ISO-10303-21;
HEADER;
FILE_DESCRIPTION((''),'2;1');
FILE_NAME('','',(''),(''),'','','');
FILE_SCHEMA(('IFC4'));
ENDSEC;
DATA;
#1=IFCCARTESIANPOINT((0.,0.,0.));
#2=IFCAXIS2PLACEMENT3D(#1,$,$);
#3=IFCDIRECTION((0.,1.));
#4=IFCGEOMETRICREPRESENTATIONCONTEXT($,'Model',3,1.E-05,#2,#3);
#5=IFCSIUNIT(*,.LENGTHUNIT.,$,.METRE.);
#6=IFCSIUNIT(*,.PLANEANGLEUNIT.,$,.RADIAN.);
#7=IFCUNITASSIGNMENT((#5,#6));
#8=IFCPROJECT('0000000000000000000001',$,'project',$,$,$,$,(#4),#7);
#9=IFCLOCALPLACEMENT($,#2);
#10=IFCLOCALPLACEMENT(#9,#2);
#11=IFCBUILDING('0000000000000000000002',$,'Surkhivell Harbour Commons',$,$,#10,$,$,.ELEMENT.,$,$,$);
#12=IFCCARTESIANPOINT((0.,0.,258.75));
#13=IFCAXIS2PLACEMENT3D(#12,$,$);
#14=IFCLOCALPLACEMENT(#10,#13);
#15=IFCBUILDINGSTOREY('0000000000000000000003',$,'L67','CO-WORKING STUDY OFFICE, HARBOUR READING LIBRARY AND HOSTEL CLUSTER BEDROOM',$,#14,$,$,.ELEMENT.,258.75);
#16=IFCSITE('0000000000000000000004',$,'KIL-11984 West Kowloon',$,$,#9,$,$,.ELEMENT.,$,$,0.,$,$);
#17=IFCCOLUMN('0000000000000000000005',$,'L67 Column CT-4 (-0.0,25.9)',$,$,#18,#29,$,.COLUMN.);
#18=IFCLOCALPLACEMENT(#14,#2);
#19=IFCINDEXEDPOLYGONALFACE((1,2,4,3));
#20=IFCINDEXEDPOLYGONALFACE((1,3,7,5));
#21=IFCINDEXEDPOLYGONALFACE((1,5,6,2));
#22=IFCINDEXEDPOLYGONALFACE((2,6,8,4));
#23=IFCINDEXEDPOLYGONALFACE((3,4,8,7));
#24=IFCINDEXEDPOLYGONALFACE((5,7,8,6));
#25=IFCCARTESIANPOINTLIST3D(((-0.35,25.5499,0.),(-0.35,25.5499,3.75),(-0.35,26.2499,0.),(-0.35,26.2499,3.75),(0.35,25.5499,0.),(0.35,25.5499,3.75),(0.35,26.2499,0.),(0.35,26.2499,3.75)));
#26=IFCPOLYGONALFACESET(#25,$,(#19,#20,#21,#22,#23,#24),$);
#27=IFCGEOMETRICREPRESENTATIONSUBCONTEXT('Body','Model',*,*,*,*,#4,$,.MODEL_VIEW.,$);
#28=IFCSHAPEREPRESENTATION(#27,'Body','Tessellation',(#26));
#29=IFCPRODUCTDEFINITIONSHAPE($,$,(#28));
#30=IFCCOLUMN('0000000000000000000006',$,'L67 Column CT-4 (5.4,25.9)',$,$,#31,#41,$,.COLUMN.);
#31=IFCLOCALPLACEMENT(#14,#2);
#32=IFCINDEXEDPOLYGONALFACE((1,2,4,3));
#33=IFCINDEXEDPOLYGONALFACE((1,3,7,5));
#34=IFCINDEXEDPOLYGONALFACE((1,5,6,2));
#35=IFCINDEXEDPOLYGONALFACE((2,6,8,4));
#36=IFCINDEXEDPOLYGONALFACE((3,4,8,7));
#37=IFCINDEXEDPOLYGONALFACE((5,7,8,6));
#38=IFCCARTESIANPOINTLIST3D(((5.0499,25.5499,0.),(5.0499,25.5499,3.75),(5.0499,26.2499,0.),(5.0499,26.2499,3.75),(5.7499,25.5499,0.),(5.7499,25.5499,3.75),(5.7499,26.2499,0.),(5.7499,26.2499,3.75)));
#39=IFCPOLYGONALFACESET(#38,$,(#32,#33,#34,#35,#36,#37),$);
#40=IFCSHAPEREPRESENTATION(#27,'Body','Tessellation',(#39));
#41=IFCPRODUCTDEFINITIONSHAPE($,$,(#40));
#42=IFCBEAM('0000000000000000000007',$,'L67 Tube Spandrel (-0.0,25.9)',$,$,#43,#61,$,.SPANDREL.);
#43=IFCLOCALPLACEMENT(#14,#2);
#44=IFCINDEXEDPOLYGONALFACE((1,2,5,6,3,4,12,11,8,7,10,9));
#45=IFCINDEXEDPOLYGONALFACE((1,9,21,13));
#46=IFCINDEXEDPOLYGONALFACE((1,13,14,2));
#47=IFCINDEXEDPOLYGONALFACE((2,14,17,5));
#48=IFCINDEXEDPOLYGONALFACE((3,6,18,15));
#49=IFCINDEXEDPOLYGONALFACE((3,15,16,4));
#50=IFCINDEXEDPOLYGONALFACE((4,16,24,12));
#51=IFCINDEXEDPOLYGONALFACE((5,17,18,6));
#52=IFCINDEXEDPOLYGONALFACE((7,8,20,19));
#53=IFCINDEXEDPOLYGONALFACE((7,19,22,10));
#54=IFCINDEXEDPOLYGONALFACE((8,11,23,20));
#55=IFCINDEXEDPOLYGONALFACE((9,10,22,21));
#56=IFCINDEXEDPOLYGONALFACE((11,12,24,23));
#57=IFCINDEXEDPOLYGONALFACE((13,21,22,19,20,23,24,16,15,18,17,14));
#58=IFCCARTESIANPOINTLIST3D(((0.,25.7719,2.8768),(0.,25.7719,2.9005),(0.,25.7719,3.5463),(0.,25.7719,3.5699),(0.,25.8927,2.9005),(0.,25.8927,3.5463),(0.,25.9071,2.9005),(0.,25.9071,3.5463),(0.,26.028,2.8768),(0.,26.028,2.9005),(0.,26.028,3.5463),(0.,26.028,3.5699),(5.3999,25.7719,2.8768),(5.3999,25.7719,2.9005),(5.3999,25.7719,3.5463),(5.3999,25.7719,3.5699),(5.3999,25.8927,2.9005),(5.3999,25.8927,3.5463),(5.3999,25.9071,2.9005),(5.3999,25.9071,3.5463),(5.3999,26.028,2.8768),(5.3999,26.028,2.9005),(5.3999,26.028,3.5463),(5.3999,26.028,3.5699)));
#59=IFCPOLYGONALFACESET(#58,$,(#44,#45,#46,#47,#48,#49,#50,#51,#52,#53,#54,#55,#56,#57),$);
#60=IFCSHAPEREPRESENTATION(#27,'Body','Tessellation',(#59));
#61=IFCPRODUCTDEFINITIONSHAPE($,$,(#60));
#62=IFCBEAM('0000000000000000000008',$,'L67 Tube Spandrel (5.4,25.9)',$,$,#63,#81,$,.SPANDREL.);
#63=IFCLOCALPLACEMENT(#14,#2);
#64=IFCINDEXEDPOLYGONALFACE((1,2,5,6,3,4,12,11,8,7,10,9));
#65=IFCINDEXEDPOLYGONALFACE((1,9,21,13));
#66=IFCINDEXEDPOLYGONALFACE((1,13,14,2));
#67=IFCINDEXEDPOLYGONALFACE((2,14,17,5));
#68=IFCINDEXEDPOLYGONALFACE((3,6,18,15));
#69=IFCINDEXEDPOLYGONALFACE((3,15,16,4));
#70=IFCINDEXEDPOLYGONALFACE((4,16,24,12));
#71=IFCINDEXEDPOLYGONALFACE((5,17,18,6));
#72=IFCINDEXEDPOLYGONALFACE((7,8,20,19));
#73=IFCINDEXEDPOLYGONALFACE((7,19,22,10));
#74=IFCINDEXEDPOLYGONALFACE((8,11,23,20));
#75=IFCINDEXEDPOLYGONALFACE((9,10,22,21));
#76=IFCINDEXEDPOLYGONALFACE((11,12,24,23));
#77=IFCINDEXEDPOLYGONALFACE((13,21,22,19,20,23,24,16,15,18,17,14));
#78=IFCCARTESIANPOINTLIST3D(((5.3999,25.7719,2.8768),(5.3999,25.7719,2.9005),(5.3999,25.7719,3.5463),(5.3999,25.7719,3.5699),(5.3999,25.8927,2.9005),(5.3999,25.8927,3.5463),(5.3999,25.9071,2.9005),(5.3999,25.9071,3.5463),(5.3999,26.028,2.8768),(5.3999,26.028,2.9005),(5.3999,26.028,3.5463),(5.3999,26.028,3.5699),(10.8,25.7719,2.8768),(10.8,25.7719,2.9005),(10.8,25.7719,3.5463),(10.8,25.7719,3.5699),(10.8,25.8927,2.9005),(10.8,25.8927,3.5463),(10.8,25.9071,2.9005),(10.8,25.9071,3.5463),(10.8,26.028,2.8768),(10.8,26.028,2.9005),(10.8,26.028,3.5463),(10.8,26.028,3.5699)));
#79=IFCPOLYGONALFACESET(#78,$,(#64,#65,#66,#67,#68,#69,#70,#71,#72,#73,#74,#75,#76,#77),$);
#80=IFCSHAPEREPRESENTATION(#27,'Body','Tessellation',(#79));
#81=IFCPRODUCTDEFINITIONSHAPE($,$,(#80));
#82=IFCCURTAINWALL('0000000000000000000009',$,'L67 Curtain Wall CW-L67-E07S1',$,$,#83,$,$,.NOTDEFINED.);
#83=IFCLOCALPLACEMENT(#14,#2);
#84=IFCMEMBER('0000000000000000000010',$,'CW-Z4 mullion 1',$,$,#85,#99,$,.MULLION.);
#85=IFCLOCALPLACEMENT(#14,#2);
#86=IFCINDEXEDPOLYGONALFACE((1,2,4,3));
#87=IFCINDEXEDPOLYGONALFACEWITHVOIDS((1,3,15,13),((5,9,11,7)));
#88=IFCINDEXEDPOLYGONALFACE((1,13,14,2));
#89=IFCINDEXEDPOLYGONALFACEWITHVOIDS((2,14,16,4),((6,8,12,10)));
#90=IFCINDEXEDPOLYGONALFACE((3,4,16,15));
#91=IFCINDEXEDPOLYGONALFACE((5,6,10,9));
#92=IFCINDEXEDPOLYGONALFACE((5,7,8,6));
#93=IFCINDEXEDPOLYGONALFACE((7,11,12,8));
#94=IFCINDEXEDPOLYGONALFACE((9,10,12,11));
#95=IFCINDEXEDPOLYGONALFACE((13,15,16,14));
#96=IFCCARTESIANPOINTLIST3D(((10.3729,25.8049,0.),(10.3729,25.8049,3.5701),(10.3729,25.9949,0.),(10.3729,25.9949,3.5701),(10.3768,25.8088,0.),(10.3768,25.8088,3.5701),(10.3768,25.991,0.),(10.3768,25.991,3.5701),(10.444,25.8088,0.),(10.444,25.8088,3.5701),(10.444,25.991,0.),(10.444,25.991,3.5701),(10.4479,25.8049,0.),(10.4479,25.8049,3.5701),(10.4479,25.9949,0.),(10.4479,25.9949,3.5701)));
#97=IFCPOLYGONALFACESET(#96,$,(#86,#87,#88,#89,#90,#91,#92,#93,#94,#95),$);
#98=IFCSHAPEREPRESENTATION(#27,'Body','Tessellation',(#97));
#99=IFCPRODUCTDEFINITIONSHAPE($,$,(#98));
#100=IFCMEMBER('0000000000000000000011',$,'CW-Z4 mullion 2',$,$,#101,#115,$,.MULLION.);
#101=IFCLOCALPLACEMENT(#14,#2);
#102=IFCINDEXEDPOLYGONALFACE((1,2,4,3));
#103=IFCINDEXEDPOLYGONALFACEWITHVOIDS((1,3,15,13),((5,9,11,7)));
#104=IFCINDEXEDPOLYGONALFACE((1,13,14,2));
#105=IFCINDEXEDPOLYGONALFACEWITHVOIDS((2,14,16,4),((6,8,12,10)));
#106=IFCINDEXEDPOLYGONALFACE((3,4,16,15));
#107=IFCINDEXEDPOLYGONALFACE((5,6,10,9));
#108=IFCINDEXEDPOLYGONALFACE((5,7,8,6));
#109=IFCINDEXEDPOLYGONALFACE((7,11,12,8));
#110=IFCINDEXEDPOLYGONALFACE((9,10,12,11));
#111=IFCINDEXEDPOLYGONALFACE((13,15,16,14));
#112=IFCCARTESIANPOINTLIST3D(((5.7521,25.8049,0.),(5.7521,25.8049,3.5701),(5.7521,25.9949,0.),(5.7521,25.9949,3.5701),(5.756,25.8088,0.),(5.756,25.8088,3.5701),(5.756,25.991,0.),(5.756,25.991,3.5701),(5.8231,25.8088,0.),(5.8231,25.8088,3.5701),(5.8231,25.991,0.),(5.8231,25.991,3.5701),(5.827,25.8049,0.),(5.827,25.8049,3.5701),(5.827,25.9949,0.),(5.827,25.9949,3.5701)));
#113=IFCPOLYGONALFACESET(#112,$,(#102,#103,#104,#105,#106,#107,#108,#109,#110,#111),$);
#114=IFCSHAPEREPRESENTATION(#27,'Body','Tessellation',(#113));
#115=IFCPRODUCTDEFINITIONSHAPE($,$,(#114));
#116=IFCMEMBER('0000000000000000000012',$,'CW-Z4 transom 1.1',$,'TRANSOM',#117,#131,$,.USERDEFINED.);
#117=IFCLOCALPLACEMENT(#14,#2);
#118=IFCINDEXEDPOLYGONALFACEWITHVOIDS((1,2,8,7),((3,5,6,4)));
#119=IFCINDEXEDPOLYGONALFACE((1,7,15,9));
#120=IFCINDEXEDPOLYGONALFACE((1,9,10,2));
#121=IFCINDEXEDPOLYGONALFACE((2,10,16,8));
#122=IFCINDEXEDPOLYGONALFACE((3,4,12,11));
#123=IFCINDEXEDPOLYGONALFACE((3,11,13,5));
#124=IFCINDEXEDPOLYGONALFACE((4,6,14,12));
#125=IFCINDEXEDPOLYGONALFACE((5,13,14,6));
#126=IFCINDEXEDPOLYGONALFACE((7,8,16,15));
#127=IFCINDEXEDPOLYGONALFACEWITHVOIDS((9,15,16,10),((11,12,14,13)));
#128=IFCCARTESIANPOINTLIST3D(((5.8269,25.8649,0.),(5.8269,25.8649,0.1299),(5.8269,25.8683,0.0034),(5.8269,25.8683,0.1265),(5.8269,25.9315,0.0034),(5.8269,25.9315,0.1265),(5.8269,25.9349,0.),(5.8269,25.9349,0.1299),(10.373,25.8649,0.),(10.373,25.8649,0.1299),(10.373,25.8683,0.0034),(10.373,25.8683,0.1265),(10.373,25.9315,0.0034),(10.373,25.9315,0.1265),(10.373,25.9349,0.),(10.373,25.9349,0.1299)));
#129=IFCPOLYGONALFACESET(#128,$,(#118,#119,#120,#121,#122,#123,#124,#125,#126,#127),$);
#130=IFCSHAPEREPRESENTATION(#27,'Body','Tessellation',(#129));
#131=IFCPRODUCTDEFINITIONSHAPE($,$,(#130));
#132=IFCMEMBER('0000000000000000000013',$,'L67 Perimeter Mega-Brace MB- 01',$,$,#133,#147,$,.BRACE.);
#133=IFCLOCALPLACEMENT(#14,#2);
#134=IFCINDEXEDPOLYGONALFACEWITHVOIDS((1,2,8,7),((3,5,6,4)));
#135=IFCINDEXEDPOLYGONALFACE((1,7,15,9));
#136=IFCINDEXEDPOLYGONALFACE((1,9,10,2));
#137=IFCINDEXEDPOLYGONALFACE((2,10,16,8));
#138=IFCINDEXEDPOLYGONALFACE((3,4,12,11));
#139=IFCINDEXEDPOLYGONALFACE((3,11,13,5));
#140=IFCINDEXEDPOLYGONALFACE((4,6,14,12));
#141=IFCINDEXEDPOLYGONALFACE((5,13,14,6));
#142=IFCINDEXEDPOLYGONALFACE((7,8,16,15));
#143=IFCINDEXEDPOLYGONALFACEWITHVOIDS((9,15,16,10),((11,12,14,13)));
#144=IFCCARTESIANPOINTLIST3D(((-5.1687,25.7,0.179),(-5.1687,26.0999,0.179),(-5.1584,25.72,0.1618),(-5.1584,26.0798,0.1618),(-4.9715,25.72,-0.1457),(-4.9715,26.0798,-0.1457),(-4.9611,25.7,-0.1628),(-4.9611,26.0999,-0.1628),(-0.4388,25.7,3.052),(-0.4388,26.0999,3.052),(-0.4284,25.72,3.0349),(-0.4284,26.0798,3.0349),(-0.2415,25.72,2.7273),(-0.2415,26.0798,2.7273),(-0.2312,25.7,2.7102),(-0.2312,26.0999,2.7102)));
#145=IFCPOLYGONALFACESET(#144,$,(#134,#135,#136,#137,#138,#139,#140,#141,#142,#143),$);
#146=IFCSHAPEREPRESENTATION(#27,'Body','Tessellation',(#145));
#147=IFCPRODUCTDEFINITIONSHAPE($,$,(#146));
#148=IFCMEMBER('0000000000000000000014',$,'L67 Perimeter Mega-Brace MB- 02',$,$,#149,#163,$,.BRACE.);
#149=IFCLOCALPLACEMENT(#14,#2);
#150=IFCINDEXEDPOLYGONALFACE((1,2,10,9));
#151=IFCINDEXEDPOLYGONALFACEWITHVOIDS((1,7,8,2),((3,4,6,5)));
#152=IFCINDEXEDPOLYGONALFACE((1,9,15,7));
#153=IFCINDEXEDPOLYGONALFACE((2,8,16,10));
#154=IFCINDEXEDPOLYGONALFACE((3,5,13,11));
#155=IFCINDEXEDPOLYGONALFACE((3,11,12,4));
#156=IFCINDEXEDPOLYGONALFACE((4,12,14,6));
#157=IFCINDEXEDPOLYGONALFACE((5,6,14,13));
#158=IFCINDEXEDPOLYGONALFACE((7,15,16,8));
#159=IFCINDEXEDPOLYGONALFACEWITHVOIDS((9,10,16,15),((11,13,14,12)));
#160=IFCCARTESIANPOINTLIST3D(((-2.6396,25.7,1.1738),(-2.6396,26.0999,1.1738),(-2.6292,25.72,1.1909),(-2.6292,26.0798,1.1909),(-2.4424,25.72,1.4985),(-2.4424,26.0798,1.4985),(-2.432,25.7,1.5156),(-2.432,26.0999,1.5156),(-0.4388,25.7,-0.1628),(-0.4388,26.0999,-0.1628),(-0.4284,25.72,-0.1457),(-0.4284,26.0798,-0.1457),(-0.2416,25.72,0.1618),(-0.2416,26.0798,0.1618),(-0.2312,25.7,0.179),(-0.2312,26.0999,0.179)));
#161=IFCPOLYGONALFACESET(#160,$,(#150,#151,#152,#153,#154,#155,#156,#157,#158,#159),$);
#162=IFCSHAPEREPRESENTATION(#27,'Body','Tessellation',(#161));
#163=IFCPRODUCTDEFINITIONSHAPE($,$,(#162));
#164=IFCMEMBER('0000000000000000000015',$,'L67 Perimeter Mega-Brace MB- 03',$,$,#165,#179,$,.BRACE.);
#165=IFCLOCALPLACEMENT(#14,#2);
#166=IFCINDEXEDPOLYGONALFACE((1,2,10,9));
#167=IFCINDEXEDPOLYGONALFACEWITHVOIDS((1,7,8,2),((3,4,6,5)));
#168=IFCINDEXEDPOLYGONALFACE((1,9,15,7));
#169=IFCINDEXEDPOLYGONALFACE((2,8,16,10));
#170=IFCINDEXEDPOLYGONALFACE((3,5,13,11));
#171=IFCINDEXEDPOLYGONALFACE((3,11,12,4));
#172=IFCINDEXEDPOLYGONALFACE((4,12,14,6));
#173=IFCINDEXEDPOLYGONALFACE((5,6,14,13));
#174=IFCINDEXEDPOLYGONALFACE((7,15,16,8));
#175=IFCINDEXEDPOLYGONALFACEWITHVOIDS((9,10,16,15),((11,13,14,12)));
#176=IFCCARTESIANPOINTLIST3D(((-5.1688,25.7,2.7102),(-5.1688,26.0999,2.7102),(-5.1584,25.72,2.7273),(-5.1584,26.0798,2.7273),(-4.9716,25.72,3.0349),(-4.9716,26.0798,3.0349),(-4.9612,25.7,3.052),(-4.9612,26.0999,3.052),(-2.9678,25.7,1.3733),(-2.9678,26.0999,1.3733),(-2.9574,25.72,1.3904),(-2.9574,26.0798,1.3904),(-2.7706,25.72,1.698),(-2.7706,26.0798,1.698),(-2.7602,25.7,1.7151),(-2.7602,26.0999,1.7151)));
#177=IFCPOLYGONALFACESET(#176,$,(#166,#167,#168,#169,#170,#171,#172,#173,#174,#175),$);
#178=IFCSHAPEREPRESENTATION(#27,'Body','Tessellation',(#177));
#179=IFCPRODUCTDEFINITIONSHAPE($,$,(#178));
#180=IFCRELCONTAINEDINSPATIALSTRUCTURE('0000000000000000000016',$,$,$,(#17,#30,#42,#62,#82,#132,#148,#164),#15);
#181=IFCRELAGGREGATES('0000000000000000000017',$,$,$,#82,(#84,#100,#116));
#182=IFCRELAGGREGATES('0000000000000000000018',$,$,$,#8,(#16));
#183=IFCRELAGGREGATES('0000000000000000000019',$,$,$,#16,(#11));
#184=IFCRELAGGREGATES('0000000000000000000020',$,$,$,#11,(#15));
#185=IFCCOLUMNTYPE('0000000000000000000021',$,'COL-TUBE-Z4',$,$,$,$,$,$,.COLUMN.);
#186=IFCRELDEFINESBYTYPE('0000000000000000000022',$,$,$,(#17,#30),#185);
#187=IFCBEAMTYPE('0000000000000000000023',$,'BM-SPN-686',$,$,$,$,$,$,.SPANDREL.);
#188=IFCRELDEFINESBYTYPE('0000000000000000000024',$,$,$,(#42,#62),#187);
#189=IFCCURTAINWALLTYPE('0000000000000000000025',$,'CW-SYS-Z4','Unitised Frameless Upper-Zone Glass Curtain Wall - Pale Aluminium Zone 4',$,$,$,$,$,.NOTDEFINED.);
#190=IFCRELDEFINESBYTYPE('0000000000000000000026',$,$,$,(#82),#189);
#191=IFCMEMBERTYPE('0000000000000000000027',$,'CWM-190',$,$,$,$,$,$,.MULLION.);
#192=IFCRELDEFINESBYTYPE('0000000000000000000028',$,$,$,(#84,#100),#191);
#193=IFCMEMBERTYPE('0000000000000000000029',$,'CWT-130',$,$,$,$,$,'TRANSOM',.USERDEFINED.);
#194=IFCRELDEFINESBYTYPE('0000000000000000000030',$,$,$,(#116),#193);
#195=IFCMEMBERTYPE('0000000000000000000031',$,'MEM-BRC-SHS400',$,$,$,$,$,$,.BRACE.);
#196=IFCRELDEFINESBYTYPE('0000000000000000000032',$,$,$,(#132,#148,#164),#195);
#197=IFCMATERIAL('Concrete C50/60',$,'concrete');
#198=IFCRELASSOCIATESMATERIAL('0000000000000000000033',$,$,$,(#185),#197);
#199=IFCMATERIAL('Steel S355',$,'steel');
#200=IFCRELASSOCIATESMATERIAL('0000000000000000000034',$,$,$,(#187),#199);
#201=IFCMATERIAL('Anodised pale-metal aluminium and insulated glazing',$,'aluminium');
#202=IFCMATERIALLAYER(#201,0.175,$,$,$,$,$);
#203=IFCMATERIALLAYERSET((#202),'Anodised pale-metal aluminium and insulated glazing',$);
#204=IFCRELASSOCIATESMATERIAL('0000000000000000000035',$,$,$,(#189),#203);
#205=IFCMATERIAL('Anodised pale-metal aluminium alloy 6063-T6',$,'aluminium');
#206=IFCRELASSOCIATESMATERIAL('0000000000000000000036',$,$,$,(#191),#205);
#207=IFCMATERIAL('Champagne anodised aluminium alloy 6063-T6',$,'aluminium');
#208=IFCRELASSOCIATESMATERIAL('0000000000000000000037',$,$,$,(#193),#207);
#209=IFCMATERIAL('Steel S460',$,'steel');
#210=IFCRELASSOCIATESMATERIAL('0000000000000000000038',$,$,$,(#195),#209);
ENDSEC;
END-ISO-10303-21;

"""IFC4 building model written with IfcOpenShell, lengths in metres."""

from ifc_helpers import new_model, si_unit, direction, frame, origin, origin_2d, place, context, subcontext, project, spatial, rectangle, hollow_rectangle, i_section, extrude, material, layer, layer_set, material_profile, profile_set, type_object, element, aggregate, save


model = new_model("IFC4")

# Units and contexts
model_context = context("Model", 3, precision=1e-05, world=origin(), true_north=direction((0.0, 1.0)))
body_context = subcontext(model_context, "Body", "Model", "MODEL_VIEW")
ifc_project = project(units=[si_unit("LENGTHUNIT", "METRE"), si_unit("PLANEANGLEUNIT", "RADIAN")], contexts=[model_context])

# Site, building, storey
site_placement = place(None, origin())
site = spatial("IfcSite", under=ifc_project, at=site_placement, Name="KIL-11984 West Kowloon", CompositionType="ELEMENT", RefElevation=0.0)
building_placement = place(site_placement, origin())
building = spatial("IfcBuilding", under=site, at=building_placement, Name="Surkhivell Harbour Commons", CompositionType="ELEMENT")
storey_placement = place(building_placement, frame((0.0, 0.0, 258.75)))
storey = spatial("IfcBuildingStorey", under=building, at=storey_placement, Name="L67", Description="CO-WORKING STUDY OFFICE, HARBOUR READING LIBRARY AND HOSTEL CLUSTER BEDROOM", CompositionType="ELEMENT", Elevation=258.75)

# Columns
ifc_material_1 = material(Name="Concrete C50/60", Category="concrete")
ifc_material_profile_1 = material_profile(ifc_material_1, rectangle(XDim=0.7, YDim=0.7, at=origin_2d()), Name="RC-COL-700x700")
ifc_profile_set_1 = profile_set([ifc_material_profile_1], Name="Concrete C50/60")
column_type = type_object("IfcColumnType", Name="COL-TUBE-Z4", PredefinedType="COLUMN", material=ifc_profile_set_1)
for number, where, z_axis, x_axis, name in (
    (1, (0.0, 25.8999, 0.0), (0.0, 0.0, 1.0), (1.0, 0.0, 0.0), "L67 Column CT-4 (-0.0,25.9)"),
    (2, (5.3999, 25.8999, 0.0), (0.0, 0.0, 1.0), (1.0, 0.0, 0.0), "L67 Column CT-4 (5.4,25.9)"),
):
    element("IfcColumn", number, at=place(storey_placement, frame(where, z_axis=z_axis, x_axis=x_axis)), inside=storey, type_object=column_type, Name=name, PredefinedType="COLUMN", context=body_context, shape_type="SweptSolid", body=[
        extrude(rectangle(XDim=0.7, YDim=0.7, at=origin_2d()), origin(), (0.0, 0.0, 1.0), 3.75),
    ])

# Beams
ifc_material_2 = material(Name="Steel S355", Category="steel")
ifc_material_profile_2 = material_profile(ifc_material_2, i_section(OverallWidth=0.2561, OverallDepth=0.6931, WebThickness=0.0144, FlangeThickness=0.0237, at=origin_2d()), Name="UB686x254x170")
ifc_profile_set_2 = profile_set([ifc_material_profile_2], Name="Steel S355")
beam_type = type_object("IfcBeamType", Name="BM-SPN-686", PredefinedType="SPANDREL", material=ifc_profile_set_2)
beam_1_placement = place(storey_placement, frame((0.0, 25.8999, 3.2234), z_axis=(1.0, 0.0, 0.0), x_axis=(0.0, 1.0, 0.0)))
element("IfcBeam", 3, at=beam_1_placement, inside=storey, type_object=beam_type, Name="L67 Tube Spandrel (-0.0,25.9)", PredefinedType="SPANDREL", context=body_context, shape_type="SweptSolid", body=[
    extrude(i_section(OverallWidth=0.2561, OverallDepth=0.6931, WebThickness=0.0144, FlangeThickness=0.0237, at=origin_2d()), origin(), (0.0, 0.0, 1.0), 5.3999),
])
beam_2_placement = place(storey_placement, frame((5.3999, 25.8999, 3.2234), z_axis=(1.0, 0.0, 0.0), x_axis=(0.0, 1.0, 0.0)))
element("IfcBeam", 4, at=beam_2_placement, inside=storey, type_object=beam_type, Name="L67 Tube Spandrel (5.4,25.9)", PredefinedType="SPANDREL", context=body_context, shape_type="SweptSolid", body=[
    extrude(i_section(OverallWidth=0.2561, OverallDepth=0.6931, WebThickness=0.0144, FlangeThickness=0.0237, at=origin_2d()), origin(), (0.0, 0.0, 1.0), 5.4001),
])

# Curtain wall, members
ifc_material_3 = material(Name="Anodised pale-metal aluminium and insulated glazing", Category="aluminium")
ifc_layer_1 = layer(ifc_material_3, 0.175)
ifc_layer_set_1 = layer_set([ifc_layer_1], Name="Anodised pale-metal aluminium and insulated glazing")
curtain_wall_type = type_object("IfcCurtainWallType", Name="CW-SYS-Z4", Description="Unitised Frameless Upper-Zone Glass Curtain Wall - Pale Aluminium Zone 4", PredefinedType="NOTDEFINED", material=ifc_layer_set_1)
curtain_wall_placement = place(storey_placement, origin())
curtain_wall = element("IfcCurtainWall", 5, at=curtain_wall_placement, inside=storey, type_object=curtain_wall_type, Name="L67 Curtain Wall CW-L67-E07S1", PredefinedType="NOTDEFINED")
ifc_material_4 = material(Name="Anodised pale-metal aluminium alloy 6063-T6", Category="aluminium")
ifc_material_profile_3 = material_profile(ifc_material_4, hollow_rectangle(XDim=0.075, YDim=0.1899, WallThickness=0.0039, at=origin_2d()), Name="ALU-MULL-75x190")
ifc_profile_set_3 = profile_set([ifc_material_profile_3], Name="Anodised pale-metal aluminium alloy 6063-T6")
member_type_1 = type_object("IfcMemberType", Name="CWM-190", PredefinedType="MULLION", material=ifc_profile_set_3)
member_1_placement = place(storey_placement, frame((10.4104, 25.8999, 0.0), z_axis=(0.0, 0.0, 1.0), x_axis=(-1.0, 0.0, 0.0)))
member_1 = element("IfcMember", 6, at=member_1_placement, type_object=member_type_1, Name="CW-Z4 mullion 1", PredefinedType="MULLION", context=body_context, shape_type="SweptSolid", body=[
    extrude(hollow_rectangle(XDim=0.075, YDim=0.1899, WallThickness=0.0039, at=origin_2d()), origin(), (0.0, 0.0, 1.0), 3.5701),
])
member_2_placement = place(storey_placement, frame((5.7896, 25.8999, 0.0), z_axis=(0.0, 0.0, 1.0), x_axis=(-1.0, 0.0, 0.0)))
member_2 = element("IfcMember", 7, at=member_2_placement, type_object=member_type_1, Name="CW-Z4 mullion 2", PredefinedType="MULLION", context=body_context, shape_type="SweptSolid", body=[
    extrude(hollow_rectangle(XDim=0.075, YDim=0.1899, WallThickness=0.0039, at=origin_2d()), origin(), (0.0, 0.0, 1.0), 3.5701),
])
ifc_material_5 = material(Name="Champagne anodised aluminium alloy 6063-T6", Category="aluminium")
ifc_material_profile_4 = material_profile(ifc_material_5, hollow_rectangle(XDim=0.0701, YDim=0.1299, WallThickness=0.0034, at=origin_2d()), Name="ALU-TRAN-70x130")
ifc_profile_set_4 = profile_set([ifc_material_profile_4], Name="Champagne anodised aluminium alloy 6063-T6")
member_type_2 = type_object("IfcMemberType", Name="CWT-130", ElementType="TRANSOM", PredefinedType="USERDEFINED", material=ifc_profile_set_4)
member_3_placement = place(storey_placement, frame((10.373, 25.8999, 0.0649), z_axis=(-1.0, 0.0, 0.0), x_axis=(0.0, -1.0, 0.0)))
member_3 = element("IfcMember", 8, at=member_3_placement, type_object=member_type_2, Name="CW-Z4 transom 1.1", ObjectType="TRANSOM", PredefinedType="USERDEFINED", context=body_context, shape_type="SweptSolid", body=[
    extrude(hollow_rectangle(XDim=0.0701, YDim=0.1299, WallThickness=0.0034, at=origin_2d()), origin(), (0.0, 0.0, 1.0), 4.5461),
])

# Members
ifc_material_6 = material(Name="Steel S460", Category="steel")
ifc_material_profile_5 = material_profile(ifc_material_6, hollow_rectangle(XDim=0.3999, YDim=0.3999, WallThickness=0.02, at=origin_2d()), Name="SHS400x400x20")
ifc_profile_set_5 = profile_set([ifc_material_profile_5], Name="Steel S460")
member_type_3 = type_object("IfcMemberType", Name="MEM-BRC-SHS400", PredefinedType="BRACE", material=ifc_profile_set_5)
member_4_placement = place(storey_placement, frame((-5.0649, 25.8999, 0.0081), z_axis=(0.854685, 0.0, 0.519146), x_axis=(0.0, 1.0, 0.0)))
element("IfcMember", 9, at=member_4_placement, inside=storey, type_object=member_type_3, Name="L67 Perimeter Mega-Brace MB- 01", PredefinedType="BRACE", context=body_context, shape_type="SweptSolid", body=[
    extrude(hollow_rectangle(XDim=0.3999, YDim=0.3999, WallThickness=0.02, at=origin_2d()), origin(), (0.0, 0.0, 1.0), 5.5342),
])
member_5_placement = place(storey_placement, frame((-0.335, 25.8999, 0.0081), z_axis=(-0.85472, 0.0, 0.519089), x_axis=(0.0, -1.0, 0.0)))
element("IfcMember", 10, at=member_5_placement, inside=storey, type_object=member_type_3, Name="L67 Perimeter Mega-Brace MB- 02", PredefinedType="BRACE", context=body_context, shape_type="SweptSolid", body=[
    extrude(hollow_rectangle(XDim=0.3999, YDim=0.3999, WallThickness=0.02, at=origin_2d()), origin(), (0.0, 0.0, 1.0), 2.575),
])
member_6_placement = place(storey_placement, frame((-2.864, 25.8999, 1.5442), z_axis=(-0.854678, 0.0, 0.519159), x_axis=(0.0, -1.0, 0.0)))
element("IfcMember", 11, at=member_6_placement, inside=storey, type_object=member_type_3, Name="L67 Perimeter Mega-Brace MB- 03", PredefinedType="BRACE", context=body_context, shape_type="SweptSolid", body=[
    extrude(hollow_rectangle(XDim=0.3999, YDim=0.3999, WallThickness=0.02, at=origin_2d()), origin(), (0.0, 0.0, 1.0), 2.5752),
])

aggregate(curtain_wall, [member_1, member_2, member_3])

save(model, "model.ifc")
